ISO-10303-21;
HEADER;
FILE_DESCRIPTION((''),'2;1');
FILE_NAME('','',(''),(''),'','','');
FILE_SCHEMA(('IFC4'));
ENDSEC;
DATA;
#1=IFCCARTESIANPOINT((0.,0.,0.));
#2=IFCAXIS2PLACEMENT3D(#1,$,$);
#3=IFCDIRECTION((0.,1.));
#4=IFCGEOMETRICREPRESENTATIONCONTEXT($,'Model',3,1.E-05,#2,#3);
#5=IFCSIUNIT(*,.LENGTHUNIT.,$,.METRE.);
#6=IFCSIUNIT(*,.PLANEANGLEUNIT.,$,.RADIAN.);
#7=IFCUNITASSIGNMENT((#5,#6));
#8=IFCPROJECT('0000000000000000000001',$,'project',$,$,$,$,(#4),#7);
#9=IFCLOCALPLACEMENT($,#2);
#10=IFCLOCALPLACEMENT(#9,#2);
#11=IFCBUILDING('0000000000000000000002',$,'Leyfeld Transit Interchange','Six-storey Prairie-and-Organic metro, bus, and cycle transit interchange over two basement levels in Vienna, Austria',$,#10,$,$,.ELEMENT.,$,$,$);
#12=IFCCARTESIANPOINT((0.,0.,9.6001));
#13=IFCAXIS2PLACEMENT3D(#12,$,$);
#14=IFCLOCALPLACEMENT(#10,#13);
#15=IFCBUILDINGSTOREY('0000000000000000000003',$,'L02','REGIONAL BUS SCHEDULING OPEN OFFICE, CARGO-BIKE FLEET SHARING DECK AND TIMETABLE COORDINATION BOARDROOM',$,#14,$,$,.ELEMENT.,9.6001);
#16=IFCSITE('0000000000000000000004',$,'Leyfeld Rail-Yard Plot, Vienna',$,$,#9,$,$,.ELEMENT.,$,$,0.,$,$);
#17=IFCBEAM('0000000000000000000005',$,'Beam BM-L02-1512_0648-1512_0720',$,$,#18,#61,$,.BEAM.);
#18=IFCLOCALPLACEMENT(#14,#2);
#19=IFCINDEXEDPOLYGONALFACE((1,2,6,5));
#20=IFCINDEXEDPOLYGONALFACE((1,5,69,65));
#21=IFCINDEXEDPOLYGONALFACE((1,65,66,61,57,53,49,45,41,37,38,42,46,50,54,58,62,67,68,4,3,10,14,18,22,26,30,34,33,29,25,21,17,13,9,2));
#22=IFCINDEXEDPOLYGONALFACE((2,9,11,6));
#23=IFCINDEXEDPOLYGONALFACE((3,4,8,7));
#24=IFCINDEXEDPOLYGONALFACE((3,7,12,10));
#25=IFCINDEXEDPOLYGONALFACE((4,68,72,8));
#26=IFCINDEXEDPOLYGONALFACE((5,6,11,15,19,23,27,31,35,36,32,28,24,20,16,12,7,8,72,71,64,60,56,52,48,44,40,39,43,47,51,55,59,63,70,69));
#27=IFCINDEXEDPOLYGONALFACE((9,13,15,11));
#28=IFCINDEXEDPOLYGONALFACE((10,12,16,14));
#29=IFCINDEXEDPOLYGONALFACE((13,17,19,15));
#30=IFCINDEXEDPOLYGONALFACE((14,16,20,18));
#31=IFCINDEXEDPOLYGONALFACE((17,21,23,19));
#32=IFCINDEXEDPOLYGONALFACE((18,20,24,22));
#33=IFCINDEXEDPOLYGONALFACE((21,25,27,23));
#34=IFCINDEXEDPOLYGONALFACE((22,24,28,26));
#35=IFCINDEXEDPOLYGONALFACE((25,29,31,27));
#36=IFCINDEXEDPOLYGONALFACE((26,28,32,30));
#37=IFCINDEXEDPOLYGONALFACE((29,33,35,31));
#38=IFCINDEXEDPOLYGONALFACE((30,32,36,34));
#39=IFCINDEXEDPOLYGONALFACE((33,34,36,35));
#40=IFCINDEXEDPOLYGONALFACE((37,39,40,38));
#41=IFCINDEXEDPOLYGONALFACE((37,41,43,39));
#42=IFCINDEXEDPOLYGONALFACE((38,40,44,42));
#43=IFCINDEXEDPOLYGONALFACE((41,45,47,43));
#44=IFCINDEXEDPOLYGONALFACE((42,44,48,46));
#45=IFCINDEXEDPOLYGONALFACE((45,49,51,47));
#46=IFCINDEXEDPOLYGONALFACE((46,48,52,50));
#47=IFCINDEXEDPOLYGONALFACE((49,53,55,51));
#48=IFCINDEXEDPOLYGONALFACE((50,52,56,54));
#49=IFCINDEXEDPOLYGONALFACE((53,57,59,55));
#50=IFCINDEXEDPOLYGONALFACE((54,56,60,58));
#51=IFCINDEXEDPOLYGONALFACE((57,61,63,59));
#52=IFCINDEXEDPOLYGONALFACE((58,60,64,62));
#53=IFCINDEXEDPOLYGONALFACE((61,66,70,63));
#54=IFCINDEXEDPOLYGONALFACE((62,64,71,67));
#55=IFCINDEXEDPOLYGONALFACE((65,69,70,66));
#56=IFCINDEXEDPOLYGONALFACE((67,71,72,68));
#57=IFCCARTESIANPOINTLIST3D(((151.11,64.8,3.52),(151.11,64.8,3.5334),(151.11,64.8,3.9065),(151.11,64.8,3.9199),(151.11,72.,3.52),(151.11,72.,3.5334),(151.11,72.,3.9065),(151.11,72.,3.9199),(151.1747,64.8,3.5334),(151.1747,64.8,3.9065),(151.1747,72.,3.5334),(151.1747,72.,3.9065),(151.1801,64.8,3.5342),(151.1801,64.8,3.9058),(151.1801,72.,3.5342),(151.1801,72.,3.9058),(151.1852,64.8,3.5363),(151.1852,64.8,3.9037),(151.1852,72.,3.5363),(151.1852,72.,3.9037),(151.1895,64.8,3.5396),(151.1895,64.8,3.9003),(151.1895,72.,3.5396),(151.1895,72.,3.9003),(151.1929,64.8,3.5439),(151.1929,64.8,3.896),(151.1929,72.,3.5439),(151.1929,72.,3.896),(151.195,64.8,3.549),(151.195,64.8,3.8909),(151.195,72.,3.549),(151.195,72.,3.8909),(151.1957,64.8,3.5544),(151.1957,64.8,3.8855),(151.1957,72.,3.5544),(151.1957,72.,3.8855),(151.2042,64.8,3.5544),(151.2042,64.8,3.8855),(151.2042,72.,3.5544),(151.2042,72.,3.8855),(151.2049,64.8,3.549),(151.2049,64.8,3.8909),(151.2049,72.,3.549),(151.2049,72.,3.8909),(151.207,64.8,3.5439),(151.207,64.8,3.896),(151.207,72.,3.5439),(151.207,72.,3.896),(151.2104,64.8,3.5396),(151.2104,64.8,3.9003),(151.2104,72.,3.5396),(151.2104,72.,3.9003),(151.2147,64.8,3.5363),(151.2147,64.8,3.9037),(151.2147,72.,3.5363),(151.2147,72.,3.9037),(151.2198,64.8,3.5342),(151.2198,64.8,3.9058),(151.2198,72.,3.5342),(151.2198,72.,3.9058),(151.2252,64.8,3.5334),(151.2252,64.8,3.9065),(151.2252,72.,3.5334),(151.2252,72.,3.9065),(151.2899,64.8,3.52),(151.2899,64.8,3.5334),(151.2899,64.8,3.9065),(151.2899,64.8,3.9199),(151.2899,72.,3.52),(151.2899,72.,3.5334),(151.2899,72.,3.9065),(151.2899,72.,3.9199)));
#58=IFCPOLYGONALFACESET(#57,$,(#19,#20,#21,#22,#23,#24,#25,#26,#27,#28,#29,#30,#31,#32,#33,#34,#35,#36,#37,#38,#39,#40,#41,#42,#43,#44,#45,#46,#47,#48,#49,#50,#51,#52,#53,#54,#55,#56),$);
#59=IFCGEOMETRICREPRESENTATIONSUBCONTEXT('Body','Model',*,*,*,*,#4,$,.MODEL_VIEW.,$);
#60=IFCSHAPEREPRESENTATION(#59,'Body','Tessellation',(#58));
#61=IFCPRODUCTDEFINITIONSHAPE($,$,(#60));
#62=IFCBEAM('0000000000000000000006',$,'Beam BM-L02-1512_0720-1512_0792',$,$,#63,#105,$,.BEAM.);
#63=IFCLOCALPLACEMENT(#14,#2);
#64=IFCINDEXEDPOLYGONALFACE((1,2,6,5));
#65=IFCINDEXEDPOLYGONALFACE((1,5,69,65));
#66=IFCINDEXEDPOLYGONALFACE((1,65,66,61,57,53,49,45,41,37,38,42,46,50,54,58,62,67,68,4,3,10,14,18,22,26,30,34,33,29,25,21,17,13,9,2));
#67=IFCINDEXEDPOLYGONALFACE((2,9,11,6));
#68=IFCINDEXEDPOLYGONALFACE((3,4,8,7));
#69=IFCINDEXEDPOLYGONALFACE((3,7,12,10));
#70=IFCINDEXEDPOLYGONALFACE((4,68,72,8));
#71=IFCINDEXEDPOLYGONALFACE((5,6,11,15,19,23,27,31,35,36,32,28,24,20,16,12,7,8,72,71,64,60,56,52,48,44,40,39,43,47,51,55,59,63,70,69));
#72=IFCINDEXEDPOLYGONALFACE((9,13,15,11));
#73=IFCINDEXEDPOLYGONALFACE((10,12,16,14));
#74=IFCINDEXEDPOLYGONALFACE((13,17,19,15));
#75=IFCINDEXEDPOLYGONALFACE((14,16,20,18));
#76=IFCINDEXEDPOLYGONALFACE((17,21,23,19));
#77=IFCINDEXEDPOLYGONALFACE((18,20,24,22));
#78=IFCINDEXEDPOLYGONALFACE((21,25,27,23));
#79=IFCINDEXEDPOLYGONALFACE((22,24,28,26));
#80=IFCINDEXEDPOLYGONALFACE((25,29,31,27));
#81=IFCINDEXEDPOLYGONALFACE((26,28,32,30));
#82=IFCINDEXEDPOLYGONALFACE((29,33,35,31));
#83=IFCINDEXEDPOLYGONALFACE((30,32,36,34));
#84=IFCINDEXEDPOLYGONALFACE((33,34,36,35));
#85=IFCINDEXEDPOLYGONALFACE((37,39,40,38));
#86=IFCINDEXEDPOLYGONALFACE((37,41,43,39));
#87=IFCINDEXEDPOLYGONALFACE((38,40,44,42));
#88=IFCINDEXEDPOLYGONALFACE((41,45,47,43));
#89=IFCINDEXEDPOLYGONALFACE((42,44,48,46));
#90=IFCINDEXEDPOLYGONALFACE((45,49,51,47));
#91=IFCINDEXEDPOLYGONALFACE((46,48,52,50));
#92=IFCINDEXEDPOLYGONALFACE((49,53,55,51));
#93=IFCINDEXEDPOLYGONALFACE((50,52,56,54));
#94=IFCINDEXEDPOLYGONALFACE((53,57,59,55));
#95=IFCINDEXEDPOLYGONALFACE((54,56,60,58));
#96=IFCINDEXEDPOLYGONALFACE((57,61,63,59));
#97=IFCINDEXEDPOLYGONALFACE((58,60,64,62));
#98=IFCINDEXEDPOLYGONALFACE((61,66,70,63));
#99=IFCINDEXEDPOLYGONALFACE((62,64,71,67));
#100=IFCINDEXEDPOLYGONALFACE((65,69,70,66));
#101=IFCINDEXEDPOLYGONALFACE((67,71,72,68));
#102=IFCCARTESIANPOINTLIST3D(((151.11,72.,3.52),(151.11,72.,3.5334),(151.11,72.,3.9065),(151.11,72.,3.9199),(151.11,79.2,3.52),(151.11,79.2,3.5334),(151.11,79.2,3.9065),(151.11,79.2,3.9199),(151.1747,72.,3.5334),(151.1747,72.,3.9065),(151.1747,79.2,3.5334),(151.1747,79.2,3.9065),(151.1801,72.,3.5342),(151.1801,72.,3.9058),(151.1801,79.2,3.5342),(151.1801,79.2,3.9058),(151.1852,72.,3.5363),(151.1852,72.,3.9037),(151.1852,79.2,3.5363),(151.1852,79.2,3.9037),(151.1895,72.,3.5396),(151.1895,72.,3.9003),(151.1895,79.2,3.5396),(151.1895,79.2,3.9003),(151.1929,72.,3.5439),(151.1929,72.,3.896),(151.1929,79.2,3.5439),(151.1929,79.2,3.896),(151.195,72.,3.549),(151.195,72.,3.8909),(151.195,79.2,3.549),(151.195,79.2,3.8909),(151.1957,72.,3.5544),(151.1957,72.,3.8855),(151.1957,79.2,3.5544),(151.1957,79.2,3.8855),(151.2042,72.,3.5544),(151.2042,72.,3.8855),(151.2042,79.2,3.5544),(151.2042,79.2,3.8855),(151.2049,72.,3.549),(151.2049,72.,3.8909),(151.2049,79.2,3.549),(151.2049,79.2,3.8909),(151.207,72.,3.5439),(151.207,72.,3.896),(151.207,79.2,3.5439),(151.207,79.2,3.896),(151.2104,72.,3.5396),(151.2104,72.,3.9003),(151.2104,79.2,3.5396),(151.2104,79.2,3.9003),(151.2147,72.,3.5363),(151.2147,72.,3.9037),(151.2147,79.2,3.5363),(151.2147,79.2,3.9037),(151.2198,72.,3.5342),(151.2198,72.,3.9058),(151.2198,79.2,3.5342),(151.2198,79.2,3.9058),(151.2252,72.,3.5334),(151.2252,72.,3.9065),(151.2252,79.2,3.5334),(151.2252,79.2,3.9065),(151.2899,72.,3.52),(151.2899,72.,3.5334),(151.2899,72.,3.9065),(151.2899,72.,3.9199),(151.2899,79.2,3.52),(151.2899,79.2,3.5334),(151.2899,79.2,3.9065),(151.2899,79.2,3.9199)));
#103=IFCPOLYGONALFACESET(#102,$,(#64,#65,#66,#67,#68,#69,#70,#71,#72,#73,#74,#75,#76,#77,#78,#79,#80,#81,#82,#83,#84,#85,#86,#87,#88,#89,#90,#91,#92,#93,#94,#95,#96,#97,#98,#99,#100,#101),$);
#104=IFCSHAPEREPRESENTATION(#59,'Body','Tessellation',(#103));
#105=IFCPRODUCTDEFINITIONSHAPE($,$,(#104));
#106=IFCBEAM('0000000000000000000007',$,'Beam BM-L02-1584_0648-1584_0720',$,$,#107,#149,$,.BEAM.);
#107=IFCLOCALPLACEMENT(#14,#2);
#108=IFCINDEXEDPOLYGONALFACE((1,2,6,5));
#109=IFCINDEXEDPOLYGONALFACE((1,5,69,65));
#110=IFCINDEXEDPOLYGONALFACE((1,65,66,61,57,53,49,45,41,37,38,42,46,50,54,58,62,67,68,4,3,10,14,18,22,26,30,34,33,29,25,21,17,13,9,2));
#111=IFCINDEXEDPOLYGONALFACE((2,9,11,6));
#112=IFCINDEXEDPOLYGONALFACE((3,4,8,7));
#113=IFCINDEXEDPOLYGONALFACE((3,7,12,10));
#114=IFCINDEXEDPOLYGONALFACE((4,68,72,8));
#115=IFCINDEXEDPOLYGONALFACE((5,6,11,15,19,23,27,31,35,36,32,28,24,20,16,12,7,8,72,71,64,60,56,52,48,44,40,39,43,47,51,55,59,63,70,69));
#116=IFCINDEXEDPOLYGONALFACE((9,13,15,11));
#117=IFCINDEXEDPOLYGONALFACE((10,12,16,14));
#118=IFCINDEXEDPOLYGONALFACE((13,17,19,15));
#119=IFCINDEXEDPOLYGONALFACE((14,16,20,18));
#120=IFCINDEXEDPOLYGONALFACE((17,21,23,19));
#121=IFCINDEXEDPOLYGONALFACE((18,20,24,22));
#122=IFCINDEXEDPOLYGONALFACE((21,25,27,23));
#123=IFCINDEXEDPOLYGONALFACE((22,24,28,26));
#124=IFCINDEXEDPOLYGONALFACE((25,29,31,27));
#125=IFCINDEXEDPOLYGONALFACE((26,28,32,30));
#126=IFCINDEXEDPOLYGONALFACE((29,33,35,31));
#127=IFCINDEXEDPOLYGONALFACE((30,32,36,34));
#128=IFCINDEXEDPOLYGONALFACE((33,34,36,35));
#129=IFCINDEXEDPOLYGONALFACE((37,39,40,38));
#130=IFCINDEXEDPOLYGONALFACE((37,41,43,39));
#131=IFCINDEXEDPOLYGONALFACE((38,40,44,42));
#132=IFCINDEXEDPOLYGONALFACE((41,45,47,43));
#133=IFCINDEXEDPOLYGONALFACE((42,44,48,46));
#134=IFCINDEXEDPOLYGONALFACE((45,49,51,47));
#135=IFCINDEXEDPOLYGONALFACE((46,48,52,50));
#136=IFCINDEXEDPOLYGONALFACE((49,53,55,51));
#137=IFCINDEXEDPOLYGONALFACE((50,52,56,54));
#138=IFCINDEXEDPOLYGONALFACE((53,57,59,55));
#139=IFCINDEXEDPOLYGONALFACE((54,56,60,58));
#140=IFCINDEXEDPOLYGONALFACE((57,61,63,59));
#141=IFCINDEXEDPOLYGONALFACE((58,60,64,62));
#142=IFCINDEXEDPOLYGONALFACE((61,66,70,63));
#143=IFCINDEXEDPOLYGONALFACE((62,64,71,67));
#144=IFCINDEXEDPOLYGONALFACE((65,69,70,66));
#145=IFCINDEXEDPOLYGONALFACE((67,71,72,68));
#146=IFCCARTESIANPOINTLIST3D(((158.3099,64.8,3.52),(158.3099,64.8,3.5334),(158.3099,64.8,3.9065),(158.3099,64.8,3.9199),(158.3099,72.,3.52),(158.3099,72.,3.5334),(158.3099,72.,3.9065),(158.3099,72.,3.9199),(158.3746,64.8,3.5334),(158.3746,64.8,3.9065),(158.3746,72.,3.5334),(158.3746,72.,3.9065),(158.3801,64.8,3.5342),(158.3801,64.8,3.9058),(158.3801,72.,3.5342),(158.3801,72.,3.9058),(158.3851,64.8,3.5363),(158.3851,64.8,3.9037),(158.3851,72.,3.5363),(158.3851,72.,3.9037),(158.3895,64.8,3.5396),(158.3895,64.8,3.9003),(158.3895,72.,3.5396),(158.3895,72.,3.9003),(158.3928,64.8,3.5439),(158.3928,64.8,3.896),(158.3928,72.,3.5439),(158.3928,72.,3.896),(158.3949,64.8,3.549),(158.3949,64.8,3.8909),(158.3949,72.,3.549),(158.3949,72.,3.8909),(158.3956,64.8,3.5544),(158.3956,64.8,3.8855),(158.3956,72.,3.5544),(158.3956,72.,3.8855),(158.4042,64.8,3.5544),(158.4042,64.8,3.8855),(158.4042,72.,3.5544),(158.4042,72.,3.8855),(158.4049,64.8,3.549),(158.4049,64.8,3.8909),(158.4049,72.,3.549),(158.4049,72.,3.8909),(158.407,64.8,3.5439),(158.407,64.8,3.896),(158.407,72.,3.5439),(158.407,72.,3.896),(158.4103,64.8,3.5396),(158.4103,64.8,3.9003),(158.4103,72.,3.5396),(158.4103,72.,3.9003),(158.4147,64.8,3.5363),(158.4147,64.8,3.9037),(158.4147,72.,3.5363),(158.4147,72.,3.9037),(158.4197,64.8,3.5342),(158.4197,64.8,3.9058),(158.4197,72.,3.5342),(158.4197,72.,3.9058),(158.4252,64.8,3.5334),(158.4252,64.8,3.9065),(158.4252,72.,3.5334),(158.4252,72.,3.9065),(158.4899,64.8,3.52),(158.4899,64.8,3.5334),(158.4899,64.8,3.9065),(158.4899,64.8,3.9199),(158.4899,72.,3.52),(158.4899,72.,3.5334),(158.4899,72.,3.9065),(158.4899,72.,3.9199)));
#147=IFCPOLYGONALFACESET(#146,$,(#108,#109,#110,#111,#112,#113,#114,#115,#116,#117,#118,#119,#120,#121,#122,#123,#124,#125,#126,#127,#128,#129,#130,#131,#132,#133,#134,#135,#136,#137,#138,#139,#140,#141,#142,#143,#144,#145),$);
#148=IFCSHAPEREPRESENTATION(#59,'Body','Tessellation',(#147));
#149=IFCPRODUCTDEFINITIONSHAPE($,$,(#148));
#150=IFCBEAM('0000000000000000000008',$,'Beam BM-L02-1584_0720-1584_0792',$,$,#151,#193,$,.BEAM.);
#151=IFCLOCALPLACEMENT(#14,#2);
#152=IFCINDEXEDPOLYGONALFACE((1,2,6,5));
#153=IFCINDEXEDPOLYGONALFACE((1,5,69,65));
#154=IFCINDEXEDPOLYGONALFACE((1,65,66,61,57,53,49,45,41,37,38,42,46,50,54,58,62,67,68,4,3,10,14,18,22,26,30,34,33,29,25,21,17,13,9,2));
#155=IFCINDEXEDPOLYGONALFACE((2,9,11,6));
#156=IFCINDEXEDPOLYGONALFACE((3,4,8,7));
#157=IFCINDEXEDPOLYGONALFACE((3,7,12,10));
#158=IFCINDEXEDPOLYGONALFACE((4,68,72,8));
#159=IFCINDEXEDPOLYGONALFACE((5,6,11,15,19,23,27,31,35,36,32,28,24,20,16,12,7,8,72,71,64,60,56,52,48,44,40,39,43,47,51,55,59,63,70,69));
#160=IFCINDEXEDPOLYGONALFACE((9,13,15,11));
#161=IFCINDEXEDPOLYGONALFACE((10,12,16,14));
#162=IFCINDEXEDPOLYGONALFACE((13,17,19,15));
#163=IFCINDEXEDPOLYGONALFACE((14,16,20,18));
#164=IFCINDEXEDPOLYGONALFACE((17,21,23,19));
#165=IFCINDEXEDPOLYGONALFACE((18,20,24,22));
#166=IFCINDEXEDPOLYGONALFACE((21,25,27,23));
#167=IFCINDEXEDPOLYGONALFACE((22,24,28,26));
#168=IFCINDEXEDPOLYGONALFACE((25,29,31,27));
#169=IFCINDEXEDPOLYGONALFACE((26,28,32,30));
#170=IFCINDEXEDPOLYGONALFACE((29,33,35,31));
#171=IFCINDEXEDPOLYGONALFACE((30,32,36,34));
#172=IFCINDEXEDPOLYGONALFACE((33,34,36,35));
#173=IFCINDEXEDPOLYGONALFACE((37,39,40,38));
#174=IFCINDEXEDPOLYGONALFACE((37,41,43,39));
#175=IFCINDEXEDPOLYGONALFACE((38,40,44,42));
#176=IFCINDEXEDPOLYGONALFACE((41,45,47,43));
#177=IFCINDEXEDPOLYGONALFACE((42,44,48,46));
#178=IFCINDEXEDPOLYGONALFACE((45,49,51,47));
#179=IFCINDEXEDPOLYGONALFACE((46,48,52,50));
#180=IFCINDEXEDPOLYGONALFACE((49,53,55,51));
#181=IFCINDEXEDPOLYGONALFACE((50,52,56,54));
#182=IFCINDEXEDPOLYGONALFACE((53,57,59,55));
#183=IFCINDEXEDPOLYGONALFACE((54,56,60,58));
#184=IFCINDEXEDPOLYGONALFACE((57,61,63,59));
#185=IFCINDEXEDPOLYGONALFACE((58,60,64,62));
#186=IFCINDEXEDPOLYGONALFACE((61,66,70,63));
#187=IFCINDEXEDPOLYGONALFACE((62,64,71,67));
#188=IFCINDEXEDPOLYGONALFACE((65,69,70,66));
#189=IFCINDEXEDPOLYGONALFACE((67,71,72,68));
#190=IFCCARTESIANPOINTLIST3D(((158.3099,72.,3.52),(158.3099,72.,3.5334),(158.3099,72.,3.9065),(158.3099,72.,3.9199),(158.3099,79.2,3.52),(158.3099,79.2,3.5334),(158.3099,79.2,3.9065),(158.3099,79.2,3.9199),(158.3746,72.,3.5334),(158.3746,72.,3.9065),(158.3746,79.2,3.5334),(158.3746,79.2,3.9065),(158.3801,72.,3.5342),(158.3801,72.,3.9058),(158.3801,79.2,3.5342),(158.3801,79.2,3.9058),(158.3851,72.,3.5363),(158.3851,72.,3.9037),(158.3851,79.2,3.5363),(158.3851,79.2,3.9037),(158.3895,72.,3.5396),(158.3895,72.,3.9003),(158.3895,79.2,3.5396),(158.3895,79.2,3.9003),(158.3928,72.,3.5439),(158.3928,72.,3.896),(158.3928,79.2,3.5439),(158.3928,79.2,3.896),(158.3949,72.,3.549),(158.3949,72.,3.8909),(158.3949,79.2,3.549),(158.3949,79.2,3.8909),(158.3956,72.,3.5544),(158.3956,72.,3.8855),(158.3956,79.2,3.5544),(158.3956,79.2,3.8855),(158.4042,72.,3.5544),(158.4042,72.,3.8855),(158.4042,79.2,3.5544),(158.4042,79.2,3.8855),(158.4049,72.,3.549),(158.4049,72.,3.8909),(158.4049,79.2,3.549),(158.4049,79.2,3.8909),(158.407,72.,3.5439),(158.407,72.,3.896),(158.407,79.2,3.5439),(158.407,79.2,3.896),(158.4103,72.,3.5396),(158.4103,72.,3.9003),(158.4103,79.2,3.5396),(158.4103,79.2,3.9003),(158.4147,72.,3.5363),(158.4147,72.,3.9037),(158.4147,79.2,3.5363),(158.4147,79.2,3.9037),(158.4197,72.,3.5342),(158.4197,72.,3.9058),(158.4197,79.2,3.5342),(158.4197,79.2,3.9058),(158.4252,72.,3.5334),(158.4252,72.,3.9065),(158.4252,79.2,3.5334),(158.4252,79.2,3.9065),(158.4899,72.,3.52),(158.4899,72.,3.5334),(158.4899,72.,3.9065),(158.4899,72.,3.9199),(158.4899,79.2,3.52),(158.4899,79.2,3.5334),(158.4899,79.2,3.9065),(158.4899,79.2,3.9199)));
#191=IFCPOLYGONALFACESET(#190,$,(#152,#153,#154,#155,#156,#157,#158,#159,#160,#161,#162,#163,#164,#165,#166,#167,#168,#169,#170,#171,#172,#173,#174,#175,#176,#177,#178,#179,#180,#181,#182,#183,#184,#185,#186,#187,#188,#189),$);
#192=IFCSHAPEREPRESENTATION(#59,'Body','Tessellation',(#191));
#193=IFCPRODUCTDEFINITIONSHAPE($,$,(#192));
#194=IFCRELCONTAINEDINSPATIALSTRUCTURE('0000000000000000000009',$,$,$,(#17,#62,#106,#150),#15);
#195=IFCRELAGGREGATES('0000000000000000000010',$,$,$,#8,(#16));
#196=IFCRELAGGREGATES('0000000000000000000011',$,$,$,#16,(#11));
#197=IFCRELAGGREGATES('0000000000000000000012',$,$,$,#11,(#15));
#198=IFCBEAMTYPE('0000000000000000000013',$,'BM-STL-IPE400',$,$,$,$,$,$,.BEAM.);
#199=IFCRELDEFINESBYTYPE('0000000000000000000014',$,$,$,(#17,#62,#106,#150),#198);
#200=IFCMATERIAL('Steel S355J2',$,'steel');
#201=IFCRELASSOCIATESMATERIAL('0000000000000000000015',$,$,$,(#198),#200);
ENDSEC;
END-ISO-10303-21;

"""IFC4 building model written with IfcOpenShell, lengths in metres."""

from ifc_helpers import new_model, si_unit, direction, frame, origin, origin_2d, place, context, subcontext, project, spatial, i_section, extrude, material, material_profile, profile_set, type_object, element, save


model = new_model("IFC4")

# Units and contexts
model_context = context("Model", 3, precision=1e-05, world=origin(), true_north=direction((0.0, 1.0)))
body_context = subcontext(model_context, "Body", "Model", "MODEL_VIEW")
ifc_project = project(units=[si_unit("LENGTHUNIT", "METRE"), si_unit("PLANEANGLEUNIT", "RADIAN")], contexts=[model_context])

# Site, building, storey
site_placement = place(None, origin())
site = spatial("IfcSite", under=ifc_project, at=site_placement, Name="Leyfeld Rail-Yard Plot, Vienna", CompositionType="ELEMENT", RefElevation=0.0)
building_placement = place(site_placement, origin())
building = spatial("IfcBuilding", under=site, at=building_placement, Name="Leyfeld Transit Interchange", Description="Six-storey Prairie-and-Organic metro, bus, and cycle transit interchange over two basement levels in Vienna, Austria", CompositionType="ELEMENT")
storey_placement = place(building_placement, frame((0.0, 0.0, 9.6001)))
storey = spatial("IfcBuildingStorey", under=building, at=storey_placement, Name="L02", Description="REGIONAL BUS SCHEDULING OPEN OFFICE, CARGO-BIKE FLEET SHARING DECK AND TIMETABLE COORDINATION BOARDROOM", CompositionType="ELEMENT", Elevation=9.6001)

# Beams
ifc_material_1 = material(Name="Steel S355J2", Category="steel")
ifc_material_profile_1 = material_profile(ifc_material_1, i_section(OverallWidth=0.1799, OverallDepth=0.3999, WebThickness=0.0085, FlangeThickness=0.0134, FilletRadius=0.021, at=origin_2d()), Name="IPE 400")
ifc_profile_set_1 = profile_set([ifc_material_profile_1], Name="Steel S355J2")
beam_type_1 = type_object("IfcBeamType", Name="BM-STL-IPE400", PredefinedType="BEAM", material=ifc_profile_set_1)
for number, where, z_axis, x_axis, name in (
    (1, (151.2, 64.8, 3.72), (0.0, 1.0, 0.0), (-1.0, 0.0, 0.0), "Beam BM-L02-1512_0648-1512_0720"),
    (2, (151.2, 72.0, 3.72), (0.0, 1.0, 0.0), (-1.0, 0.0, 0.0), "Beam BM-L02-1512_0720-1512_0792"),
    (3, (158.3999, 64.8, 3.72), (0.0, 1.0, 0.0), (-1.0, 0.0, 0.0), "Beam BM-L02-1584_0648-1584_0720"),
    (4, (158.3999, 72.0, 3.72), (0.0, 1.0, 0.0), (-1.0, 0.0, 0.0), "Beam BM-L02-1584_0720-1584_0792"),
):
    element("IfcBeam", number, at=place(storey_placement, frame(where, z_axis=z_axis, x_axis=x_axis)), inside=storey, type_object=beam_type_1, Name=name, PredefinedType="BEAM", context=body_context, shape_type="SweptSolid", body=[
        extrude(i_section(OverallWidth=0.1799, OverallDepth=0.3999, WebThickness=0.0085, FlangeThickness=0.0134, FilletRadius=0.021, at=origin_2d()), origin(), (0.0, 0.0, 1.0), 7.2),
    ])

save(model, "model.ifc")
